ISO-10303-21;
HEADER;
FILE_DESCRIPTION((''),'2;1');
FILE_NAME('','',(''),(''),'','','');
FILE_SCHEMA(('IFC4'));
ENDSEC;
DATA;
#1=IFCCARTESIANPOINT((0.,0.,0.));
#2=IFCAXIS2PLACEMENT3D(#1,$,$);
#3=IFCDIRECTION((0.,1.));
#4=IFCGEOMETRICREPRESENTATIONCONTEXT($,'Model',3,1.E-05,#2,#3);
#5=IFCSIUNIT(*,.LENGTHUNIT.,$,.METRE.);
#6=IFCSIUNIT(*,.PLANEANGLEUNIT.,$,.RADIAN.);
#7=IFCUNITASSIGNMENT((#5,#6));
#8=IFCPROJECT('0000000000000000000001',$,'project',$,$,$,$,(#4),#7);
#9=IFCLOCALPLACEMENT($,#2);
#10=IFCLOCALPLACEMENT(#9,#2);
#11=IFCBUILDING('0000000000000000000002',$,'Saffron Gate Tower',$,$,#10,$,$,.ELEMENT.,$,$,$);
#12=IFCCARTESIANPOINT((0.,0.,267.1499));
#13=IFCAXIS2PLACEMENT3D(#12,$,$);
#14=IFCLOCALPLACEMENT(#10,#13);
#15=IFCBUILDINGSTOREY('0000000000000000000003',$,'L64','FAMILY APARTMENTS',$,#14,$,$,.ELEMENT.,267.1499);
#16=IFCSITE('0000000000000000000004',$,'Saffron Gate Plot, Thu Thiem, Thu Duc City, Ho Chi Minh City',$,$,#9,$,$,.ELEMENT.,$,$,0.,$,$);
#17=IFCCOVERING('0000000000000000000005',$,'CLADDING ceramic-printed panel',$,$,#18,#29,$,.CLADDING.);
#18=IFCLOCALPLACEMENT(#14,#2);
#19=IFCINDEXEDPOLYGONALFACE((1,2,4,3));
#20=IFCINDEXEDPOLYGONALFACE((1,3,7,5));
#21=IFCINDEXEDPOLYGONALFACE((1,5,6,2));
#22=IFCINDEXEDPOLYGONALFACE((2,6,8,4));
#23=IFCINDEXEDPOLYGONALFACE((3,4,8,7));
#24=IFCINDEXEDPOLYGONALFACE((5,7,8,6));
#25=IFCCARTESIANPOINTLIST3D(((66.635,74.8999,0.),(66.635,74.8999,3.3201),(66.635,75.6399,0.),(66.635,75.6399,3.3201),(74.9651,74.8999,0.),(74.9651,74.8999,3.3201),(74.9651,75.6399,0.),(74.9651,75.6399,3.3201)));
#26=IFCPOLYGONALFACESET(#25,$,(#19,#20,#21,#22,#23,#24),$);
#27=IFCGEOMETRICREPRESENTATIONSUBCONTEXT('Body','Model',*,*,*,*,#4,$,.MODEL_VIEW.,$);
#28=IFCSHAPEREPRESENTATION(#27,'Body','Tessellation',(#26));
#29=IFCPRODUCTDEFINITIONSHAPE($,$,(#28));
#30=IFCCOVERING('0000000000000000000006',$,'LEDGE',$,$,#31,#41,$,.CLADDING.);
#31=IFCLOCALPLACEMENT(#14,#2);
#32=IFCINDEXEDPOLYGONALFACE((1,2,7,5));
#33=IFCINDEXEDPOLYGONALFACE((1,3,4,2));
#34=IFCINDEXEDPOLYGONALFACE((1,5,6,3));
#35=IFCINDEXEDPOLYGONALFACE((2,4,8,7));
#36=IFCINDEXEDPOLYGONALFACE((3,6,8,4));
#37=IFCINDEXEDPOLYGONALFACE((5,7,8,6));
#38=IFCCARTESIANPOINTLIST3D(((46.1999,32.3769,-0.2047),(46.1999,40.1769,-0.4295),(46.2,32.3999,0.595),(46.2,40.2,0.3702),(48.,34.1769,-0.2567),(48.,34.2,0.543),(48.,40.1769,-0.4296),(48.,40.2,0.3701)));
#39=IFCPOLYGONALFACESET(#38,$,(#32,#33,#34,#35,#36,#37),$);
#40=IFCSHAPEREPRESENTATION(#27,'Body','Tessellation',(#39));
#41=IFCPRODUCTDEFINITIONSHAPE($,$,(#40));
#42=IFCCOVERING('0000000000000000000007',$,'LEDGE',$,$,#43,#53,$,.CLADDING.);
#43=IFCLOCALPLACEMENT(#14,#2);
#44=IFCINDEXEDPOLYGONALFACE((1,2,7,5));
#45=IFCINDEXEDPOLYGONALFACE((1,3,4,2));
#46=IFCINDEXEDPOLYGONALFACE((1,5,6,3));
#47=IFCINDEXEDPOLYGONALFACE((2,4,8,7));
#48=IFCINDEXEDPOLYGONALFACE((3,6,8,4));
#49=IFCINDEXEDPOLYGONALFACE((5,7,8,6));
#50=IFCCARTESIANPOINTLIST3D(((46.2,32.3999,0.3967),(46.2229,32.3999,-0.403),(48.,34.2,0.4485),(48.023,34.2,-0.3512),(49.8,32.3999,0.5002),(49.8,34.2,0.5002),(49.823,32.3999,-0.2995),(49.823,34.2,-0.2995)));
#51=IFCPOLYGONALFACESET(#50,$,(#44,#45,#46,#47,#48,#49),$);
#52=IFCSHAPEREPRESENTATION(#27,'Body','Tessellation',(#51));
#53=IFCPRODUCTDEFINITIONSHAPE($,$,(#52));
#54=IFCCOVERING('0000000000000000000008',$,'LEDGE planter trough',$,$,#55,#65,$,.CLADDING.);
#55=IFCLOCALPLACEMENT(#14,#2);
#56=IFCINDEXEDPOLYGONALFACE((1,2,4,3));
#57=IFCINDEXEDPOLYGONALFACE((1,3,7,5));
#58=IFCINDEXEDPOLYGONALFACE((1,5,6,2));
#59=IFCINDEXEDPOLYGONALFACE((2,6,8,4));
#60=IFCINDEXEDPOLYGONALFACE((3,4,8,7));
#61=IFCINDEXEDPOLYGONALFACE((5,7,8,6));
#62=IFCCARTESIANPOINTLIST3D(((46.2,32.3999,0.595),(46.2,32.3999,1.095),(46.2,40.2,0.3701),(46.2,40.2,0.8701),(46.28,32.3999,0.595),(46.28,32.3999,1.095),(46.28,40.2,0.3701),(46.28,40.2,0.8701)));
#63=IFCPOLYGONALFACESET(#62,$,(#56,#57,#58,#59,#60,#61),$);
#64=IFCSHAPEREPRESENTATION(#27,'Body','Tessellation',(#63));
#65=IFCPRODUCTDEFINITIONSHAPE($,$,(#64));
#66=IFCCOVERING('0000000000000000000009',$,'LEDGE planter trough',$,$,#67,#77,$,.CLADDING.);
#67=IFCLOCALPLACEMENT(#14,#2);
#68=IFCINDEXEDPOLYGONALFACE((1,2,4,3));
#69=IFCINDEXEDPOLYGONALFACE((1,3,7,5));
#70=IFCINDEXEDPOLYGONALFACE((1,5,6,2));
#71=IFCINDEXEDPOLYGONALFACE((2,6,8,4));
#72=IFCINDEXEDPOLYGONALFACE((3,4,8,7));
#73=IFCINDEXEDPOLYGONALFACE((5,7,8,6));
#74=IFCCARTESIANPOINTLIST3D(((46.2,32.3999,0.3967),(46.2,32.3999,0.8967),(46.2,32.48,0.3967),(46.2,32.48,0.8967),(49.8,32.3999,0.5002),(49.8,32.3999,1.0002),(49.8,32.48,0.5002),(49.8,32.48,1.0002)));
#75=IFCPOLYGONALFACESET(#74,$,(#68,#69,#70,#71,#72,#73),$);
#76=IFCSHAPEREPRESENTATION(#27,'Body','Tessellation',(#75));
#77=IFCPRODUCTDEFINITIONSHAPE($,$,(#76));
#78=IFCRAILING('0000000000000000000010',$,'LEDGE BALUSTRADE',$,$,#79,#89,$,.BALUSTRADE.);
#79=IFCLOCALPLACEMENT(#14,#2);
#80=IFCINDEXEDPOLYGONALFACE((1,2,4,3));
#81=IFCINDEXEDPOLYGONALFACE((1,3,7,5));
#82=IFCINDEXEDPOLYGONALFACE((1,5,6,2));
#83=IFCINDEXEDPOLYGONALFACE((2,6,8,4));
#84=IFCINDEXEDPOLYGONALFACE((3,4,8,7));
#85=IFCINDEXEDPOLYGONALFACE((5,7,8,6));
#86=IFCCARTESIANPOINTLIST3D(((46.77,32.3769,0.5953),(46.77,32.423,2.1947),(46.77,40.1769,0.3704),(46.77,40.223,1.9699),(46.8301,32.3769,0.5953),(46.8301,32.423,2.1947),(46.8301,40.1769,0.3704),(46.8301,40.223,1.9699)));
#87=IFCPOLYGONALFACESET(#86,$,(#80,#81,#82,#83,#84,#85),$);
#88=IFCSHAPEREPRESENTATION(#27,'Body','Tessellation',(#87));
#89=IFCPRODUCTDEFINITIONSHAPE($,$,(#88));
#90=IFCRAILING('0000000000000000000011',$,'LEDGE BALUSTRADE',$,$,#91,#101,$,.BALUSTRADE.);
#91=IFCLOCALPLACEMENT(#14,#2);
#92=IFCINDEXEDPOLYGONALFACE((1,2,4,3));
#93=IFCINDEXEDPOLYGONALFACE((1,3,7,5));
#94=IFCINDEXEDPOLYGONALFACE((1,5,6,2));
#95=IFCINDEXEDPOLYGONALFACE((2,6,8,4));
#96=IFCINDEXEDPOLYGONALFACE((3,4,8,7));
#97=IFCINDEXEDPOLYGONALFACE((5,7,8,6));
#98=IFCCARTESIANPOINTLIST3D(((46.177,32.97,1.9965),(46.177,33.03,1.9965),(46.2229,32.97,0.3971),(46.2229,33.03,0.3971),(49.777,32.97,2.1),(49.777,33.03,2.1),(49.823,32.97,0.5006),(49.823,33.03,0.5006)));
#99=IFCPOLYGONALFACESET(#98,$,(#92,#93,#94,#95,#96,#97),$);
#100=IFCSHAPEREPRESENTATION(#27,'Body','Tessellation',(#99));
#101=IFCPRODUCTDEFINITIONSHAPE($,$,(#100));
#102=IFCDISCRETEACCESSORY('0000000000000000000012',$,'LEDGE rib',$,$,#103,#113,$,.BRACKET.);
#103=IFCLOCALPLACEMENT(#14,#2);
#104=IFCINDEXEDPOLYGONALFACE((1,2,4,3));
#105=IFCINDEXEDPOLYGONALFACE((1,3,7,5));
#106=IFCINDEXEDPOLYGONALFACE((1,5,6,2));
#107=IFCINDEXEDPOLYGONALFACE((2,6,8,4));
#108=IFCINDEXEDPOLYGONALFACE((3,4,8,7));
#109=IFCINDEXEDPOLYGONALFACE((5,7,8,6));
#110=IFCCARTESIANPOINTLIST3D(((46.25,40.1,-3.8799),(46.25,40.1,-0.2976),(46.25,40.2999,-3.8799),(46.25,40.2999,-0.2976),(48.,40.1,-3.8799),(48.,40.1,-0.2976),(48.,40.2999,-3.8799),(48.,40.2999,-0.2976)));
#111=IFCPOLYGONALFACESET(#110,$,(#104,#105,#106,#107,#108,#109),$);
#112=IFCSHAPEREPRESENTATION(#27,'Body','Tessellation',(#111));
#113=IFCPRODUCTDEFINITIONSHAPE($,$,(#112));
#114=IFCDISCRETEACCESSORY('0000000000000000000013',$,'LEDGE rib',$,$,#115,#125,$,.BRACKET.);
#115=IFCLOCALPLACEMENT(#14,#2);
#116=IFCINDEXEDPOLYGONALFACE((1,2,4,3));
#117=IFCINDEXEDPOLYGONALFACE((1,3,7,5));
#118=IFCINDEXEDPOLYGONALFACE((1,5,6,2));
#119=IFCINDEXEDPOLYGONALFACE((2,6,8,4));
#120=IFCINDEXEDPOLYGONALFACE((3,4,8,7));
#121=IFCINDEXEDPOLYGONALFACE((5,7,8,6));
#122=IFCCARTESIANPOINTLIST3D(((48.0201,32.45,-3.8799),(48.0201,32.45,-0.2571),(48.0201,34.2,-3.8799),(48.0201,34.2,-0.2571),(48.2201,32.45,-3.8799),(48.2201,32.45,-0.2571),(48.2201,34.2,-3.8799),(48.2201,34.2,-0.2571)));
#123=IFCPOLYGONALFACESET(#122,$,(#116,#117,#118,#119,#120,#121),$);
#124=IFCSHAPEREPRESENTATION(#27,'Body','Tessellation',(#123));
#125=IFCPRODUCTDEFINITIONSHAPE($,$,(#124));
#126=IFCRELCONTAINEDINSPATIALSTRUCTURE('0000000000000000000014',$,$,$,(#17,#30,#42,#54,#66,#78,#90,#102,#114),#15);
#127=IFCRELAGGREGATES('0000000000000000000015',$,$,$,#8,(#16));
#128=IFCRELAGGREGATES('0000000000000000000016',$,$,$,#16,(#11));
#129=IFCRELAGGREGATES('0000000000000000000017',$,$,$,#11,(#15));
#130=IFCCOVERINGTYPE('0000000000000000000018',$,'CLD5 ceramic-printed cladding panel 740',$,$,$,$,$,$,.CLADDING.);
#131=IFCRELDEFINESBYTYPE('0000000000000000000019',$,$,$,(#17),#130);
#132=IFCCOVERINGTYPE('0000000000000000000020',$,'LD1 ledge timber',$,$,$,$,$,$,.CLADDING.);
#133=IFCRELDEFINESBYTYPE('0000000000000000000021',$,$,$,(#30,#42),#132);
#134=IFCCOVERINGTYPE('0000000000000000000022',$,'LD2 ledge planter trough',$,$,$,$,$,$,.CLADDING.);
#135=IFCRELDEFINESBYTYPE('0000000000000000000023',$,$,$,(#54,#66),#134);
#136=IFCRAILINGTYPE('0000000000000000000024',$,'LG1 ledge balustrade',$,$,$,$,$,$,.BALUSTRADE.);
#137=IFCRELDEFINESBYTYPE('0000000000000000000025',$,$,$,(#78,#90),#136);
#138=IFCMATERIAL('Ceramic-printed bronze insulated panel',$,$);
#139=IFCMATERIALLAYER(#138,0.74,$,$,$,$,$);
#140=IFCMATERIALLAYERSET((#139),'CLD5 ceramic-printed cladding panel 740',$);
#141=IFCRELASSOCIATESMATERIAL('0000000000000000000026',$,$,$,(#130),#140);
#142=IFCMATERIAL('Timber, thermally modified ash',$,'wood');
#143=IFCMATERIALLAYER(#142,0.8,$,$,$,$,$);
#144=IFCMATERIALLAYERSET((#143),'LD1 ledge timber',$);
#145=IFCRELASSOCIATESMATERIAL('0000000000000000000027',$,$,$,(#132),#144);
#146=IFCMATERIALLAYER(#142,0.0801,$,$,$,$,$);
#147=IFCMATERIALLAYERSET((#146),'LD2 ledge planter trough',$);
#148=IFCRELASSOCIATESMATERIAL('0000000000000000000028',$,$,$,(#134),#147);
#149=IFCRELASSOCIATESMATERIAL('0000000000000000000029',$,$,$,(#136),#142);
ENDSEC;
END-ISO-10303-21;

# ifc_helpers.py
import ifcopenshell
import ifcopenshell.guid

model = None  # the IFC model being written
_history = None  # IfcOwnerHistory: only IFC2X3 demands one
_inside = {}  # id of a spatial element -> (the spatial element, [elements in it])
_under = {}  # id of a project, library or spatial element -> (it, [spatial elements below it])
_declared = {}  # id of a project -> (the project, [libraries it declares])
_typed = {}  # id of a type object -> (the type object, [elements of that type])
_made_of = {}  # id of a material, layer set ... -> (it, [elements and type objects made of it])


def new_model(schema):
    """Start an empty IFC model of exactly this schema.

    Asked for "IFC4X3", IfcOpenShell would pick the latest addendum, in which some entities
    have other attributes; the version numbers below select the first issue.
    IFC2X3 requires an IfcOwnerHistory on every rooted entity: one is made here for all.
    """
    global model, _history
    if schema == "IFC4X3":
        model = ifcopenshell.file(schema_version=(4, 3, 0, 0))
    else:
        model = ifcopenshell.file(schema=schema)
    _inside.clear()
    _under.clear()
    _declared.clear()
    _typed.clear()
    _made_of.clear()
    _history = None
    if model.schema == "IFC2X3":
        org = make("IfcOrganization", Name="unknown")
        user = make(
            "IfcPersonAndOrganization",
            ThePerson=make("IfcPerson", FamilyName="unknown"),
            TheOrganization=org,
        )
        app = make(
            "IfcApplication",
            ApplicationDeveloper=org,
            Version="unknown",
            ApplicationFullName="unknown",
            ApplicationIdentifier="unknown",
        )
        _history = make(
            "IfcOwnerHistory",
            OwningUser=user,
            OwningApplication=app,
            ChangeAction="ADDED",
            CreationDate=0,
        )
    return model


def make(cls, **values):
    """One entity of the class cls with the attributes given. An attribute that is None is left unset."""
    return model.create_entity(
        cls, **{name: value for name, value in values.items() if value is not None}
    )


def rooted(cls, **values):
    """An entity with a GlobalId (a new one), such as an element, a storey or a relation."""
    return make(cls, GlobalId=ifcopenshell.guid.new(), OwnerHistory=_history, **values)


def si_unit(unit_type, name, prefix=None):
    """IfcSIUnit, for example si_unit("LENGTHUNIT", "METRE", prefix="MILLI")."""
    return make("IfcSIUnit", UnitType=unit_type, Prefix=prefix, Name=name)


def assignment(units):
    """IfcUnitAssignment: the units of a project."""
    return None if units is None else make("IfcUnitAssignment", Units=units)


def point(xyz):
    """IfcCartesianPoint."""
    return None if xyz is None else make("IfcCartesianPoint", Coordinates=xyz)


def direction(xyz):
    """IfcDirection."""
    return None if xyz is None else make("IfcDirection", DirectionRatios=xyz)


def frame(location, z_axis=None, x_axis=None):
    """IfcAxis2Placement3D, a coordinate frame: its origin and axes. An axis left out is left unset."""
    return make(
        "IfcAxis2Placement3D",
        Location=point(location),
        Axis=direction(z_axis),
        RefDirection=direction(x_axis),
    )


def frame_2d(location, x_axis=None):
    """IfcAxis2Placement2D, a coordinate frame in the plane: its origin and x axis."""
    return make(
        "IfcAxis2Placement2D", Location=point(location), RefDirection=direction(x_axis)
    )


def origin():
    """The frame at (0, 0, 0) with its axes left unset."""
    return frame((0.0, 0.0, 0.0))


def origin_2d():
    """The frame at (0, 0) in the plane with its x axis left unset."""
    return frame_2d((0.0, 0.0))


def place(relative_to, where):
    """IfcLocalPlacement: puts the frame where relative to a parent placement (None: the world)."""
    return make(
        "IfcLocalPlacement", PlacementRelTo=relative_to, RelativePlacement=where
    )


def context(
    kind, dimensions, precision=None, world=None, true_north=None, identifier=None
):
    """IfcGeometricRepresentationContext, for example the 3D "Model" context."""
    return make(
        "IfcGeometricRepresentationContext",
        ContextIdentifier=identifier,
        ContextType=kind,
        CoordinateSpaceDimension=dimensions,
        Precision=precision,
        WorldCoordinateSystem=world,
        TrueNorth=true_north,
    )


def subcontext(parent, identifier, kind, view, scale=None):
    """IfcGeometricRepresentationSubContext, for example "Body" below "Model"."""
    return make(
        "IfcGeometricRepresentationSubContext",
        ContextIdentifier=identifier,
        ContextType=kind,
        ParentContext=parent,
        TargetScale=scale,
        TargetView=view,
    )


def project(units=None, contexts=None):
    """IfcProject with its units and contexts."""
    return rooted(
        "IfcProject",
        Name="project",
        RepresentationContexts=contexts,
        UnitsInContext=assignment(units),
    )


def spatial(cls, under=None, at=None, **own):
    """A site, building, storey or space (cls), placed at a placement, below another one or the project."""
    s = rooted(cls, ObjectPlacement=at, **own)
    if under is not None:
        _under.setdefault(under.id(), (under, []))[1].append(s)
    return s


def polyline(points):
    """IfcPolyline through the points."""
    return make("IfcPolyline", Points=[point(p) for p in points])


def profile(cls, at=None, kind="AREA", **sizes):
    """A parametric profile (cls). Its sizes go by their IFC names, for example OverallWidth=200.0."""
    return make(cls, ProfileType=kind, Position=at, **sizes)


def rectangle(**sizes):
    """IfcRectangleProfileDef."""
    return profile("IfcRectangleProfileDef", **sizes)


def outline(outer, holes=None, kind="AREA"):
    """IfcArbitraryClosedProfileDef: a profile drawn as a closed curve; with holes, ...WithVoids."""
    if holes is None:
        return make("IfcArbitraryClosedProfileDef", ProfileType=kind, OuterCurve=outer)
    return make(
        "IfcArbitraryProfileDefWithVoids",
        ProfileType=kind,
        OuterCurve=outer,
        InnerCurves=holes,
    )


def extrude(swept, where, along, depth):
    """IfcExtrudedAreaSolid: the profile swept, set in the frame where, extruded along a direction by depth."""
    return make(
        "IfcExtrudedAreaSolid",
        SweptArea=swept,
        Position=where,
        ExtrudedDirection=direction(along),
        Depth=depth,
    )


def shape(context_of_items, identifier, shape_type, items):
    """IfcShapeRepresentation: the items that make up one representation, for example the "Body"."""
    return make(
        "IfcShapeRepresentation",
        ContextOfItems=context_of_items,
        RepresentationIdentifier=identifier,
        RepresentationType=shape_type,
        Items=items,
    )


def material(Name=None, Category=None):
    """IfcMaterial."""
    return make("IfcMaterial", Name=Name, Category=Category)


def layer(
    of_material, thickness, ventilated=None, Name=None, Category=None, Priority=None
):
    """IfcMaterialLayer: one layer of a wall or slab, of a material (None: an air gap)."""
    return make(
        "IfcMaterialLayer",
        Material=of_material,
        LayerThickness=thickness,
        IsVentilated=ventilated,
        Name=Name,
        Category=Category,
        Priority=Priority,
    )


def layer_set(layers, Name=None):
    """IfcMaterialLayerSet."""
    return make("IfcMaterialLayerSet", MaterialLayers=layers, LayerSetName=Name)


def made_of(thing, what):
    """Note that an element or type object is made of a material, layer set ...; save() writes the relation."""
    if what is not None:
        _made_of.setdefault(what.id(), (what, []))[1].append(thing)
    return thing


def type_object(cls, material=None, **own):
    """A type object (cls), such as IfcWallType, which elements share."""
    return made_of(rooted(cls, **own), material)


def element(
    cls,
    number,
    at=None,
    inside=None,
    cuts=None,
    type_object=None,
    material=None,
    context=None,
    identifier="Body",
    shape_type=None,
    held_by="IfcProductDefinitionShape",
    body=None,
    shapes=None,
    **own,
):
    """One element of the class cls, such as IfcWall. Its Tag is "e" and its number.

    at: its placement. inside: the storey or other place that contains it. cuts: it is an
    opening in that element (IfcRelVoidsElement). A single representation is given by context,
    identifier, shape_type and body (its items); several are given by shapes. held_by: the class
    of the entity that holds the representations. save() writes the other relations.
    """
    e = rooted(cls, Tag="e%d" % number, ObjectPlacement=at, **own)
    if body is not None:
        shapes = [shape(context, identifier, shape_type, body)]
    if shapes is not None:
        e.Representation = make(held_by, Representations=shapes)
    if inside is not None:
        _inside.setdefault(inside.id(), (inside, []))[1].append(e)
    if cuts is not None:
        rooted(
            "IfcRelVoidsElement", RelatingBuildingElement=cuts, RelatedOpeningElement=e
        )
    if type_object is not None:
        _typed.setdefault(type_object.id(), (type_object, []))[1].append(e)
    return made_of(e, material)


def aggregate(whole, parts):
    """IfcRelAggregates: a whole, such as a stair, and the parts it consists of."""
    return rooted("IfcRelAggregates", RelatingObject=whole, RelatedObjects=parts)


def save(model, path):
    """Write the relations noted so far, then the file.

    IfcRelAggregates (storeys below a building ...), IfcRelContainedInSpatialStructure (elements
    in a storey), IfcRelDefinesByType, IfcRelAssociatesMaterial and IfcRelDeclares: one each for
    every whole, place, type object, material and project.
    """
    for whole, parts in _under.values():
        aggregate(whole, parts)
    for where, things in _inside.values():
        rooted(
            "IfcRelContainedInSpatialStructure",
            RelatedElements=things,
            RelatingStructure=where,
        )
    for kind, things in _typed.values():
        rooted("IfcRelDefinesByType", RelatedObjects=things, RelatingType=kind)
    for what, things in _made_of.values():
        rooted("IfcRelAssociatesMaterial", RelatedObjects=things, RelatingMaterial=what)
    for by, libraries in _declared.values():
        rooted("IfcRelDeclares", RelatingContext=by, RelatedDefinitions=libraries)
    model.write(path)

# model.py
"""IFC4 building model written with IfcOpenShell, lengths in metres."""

from ifc_helpers import new_model, si_unit, direction, frame, origin, origin_2d, place, context, subcontext, project, spatial, polyline, rectangle, outline, extrude, material, layer, layer_set, type_object, element, save


model = new_model("IFC4")

# Units and contexts
model_context = context("Model", 3, precision=1e-05, world=origin(), true_north=direction((0.0, 1.0)))
body_context = subcontext(model_context, "Body", "Model", "MODEL_VIEW")
ifc_project = project(units=[si_unit("LENGTHUNIT", "METRE"), si_unit("PLANEANGLEUNIT", "RADIAN")], contexts=[model_context])

# Site, building, storey
site_placement = place(None, origin())
site = spatial("IfcSite", under=ifc_project, at=site_placement, Name="Saffron Gate Plot, Thu Thiem, Thu Duc City, Ho Chi Minh City", CompositionType="ELEMENT", RefElevation=0.0)
building_placement = place(site_placement, origin())
building = spatial("IfcBuilding", under=site, at=building_placement, Name="Saffron Gate Tower", CompositionType="ELEMENT")
storey_placement = place(building_placement, frame((0.0, 0.0, 267.1499)))
storey = spatial("IfcBuildingStorey", under=building, at=storey_placement, Name="L64", Description="FAMILY APARTMENTS", CompositionType="ELEMENT", Elevation=267.1499)

# Coverings
ifc_material_1 = material(Name="Ceramic-printed bronze insulated panel")
ifc_layer_1 = layer(ifc_material_1, 0.74)
ifc_layer_set_1 = layer_set([ifc_layer_1], Name="CLD5 ceramic-printed cladding panel 740")
covering_type_1 = type_object("IfcCoveringType", Name="CLD5 ceramic-printed cladding panel 740", PredefinedType="CLADDING", material=ifc_layer_set_1)
covering_1_placement = place(storey_placement, origin())
element("IfcCovering", 1, at=covering_1_placement, inside=storey, type_object=covering_type_1, Name="CLADDING ceramic-printed panel", PredefinedType="CLADDING", context=body_context, shape_type="SweptSolid", body=[
    extrude(outline(polyline([(74.9651, 75.6399), (66.635, 75.6399), (66.635, 74.8999), (74.9651, 74.8999), (74.9651, 75.6399)])), origin(), (0.0, 0.0, 1.0), 3.3201),
])
ifc_material_2 = material(Name="Timber, thermally modified ash", Category="wood")
ifc_layer_2 = layer(ifc_material_2, 0.8)
ifc_layer_set_2 = layer_set([ifc_layer_2], Name="LD1 ledge timber")
covering_type_2 = type_object("IfcCoveringType", Name="LD1 ledge timber", PredefinedType="CLADDING", material=ifc_layer_set_2)
covering_2_placement = place(storey_placement, frame((48.0, 40.2, 0.3701), z_axis=(0.000035, 0.028807, 0.999585), x_axis=(0.0, -0.999585, 0.028807)))
element("IfcCovering", 2, at=covering_2_placement, inside=storey, type_object=covering_type_2, Name="LEDGE", PredefinedType="CLADDING", context=body_context, shape_type="SweptSolid", body=[
    extrude(outline(polyline([(0.0, 0.0), (6.0025, 0.0), (7.8033, -1.8), (0.0, -1.8), (0.0, 0.0)])), origin(), (0.0, 0.0, -1.0), 0.8),
])
covering_3_placement = place(storey_placement, frame((48.0, 34.2, 0.4485), z_axis=(-0.028742, 0.0, 0.999587), x_axis=(0.999587, 0.0, 0.028742)))
element("IfcCovering", 3, at=covering_3_placement, inside=storey, type_object=covering_type_2, Name="LEDGE", PredefinedType="CLADDING", context=body_context, shape_type="SweptSolid", body=[
    extrude(outline(polyline([(0.0, 0.0), (1.8008, 0.0), (1.8008, -1.8), (-1.8008, -1.8), (0.0, 0.0)])), origin(), (0.0, 0.0, -1.0), 0.8),
])
ifc_layer_3 = layer(ifc_material_2, 0.0801)
ifc_layer_set_3 = layer_set([ifc_layer_3], Name="LD2 ledge planter trough")
covering_type_3 = type_object("IfcCoveringType", Name="LD2 ledge planter trough", PredefinedType="CLADDING", material=ifc_layer_set_3)
covering_4_placement = place(storey_placement, frame((46.2, 40.2, 0.3701), z_axis=(-1.0, 0.0, 0.0), x_axis=(0.0, -0.999585, 0.028815)))
element("IfcCovering", 4, at=covering_4_placement, inside=storey, type_object=covering_type_3, Name="LEDGE planter trough", PredefinedType="CLADDING", context=body_context, shape_type="SweptSolid", body=[
    extrude(outline(polyline([(0.0, 0.0), (7.8033, 0.0), (7.8177, 0.4998), (0.0144, 0.4998), (0.0, 0.0)])), origin(), (0.0, 0.0, -1.0), 0.0801),
])
covering_5_placement = place(storey_placement, frame((46.2, 32.3999, 0.3967), z_axis=(0.0, -1.0, 0.0), x_axis=(0.999587, 0.0, 0.028742)))
element("IfcCovering", 5, at=covering_5_placement, inside=storey, type_object=covering_type_3, Name="LEDGE planter trough", PredefinedType="CLADDING", context=body_context, shape_type="SweptSolid", body=[
    extrude(outline(polyline([(0.0, 0.0), (3.6016, 0.0), (3.616, 0.4998), (0.0144, 0.4998), (0.0, 0.0)])), origin(), (0.0, 0.0, -1.0), 0.0801),
])

# Railings
railing_type = type_object("IfcRailingType", Name="LG1 ledge balustrade", PredefinedType="BALUSTRADE", material=ifc_material_2)
railing_1_placement = place(storey_placement, frame((46.8, 40.2, 0.3701)))
element("IfcRailing", 6, at=railing_1_placement, inside=storey, type_object=railing_type, Name="LEDGE BALUSTRADE", PredefinedType="BALUSTRADE", context=body_context, shape_type="SweptSolid", body=[
    extrude(rectangle(XDim=0.0601, YDim=1.6001, at=origin_2d()), frame((0.0, 0.0, 0.8), z_axis=(0.0, -0.999585, 0.028815), x_axis=(1.0, 0.0, 0.0)), (0.0, 0.0, 1.0), 7.8032),
])
railing_2_placement = place(storey_placement, frame((46.2, 33.0, 0.3967)))
element("IfcRailing", 7, at=railing_2_placement, inside=storey, type_object=railing_type, Name="LEDGE BALUSTRADE", PredefinedType="BALUSTRADE", context=body_context, shape_type="SweptSolid", body=[
    extrude(rectangle(XDim=0.0601, YDim=1.6001, at=origin_2d()), frame((0.0, 0.0, 0.8), z_axis=(0.999587, 0.0, 0.028742), x_axis=(0.0, 1.0, 0.0)), (0.0, 0.0, 1.0), 3.6016),
])

# Discrete accessories
discrete_accessory_1_placement = place(storey_placement, frame((47.125, 40.2, -3.8799), z_axis=(0.0, 0.0, 1.0), x_axis=(0.0, -1.0, 0.0)))
element("IfcDiscreteAccessory", 8, at=discrete_accessory_1_placement, inside=storey, Name="LEDGE rib", PredefinedType="BRACKET", context=body_context, shape_type="SweptSolid", body=[
    extrude(rectangle(XDim=0.2, YDim=1.75, at=origin_2d()), origin(), (0.0, 0.0, 1.0), 3.5823),
])
discrete_accessory_2_placement = place(storey_placement, frame((48.1201, 33.325, -3.8799), z_axis=(0.0, 0.0, 1.0), x_axis=(1.0, 0.0, 0.0)))
element("IfcDiscreteAccessory", 9, at=discrete_accessory_2_placement, inside=storey, Name="LEDGE rib", PredefinedType="BRACKET", context=body_context, shape_type="SweptSolid", body=[
    extrude(rectangle(XDim=0.2, YDim=1.75, at=origin_2d()), origin(), (0.0, 0.0, 1.0), 3.6228),
])

save(model, "model.ifc")
